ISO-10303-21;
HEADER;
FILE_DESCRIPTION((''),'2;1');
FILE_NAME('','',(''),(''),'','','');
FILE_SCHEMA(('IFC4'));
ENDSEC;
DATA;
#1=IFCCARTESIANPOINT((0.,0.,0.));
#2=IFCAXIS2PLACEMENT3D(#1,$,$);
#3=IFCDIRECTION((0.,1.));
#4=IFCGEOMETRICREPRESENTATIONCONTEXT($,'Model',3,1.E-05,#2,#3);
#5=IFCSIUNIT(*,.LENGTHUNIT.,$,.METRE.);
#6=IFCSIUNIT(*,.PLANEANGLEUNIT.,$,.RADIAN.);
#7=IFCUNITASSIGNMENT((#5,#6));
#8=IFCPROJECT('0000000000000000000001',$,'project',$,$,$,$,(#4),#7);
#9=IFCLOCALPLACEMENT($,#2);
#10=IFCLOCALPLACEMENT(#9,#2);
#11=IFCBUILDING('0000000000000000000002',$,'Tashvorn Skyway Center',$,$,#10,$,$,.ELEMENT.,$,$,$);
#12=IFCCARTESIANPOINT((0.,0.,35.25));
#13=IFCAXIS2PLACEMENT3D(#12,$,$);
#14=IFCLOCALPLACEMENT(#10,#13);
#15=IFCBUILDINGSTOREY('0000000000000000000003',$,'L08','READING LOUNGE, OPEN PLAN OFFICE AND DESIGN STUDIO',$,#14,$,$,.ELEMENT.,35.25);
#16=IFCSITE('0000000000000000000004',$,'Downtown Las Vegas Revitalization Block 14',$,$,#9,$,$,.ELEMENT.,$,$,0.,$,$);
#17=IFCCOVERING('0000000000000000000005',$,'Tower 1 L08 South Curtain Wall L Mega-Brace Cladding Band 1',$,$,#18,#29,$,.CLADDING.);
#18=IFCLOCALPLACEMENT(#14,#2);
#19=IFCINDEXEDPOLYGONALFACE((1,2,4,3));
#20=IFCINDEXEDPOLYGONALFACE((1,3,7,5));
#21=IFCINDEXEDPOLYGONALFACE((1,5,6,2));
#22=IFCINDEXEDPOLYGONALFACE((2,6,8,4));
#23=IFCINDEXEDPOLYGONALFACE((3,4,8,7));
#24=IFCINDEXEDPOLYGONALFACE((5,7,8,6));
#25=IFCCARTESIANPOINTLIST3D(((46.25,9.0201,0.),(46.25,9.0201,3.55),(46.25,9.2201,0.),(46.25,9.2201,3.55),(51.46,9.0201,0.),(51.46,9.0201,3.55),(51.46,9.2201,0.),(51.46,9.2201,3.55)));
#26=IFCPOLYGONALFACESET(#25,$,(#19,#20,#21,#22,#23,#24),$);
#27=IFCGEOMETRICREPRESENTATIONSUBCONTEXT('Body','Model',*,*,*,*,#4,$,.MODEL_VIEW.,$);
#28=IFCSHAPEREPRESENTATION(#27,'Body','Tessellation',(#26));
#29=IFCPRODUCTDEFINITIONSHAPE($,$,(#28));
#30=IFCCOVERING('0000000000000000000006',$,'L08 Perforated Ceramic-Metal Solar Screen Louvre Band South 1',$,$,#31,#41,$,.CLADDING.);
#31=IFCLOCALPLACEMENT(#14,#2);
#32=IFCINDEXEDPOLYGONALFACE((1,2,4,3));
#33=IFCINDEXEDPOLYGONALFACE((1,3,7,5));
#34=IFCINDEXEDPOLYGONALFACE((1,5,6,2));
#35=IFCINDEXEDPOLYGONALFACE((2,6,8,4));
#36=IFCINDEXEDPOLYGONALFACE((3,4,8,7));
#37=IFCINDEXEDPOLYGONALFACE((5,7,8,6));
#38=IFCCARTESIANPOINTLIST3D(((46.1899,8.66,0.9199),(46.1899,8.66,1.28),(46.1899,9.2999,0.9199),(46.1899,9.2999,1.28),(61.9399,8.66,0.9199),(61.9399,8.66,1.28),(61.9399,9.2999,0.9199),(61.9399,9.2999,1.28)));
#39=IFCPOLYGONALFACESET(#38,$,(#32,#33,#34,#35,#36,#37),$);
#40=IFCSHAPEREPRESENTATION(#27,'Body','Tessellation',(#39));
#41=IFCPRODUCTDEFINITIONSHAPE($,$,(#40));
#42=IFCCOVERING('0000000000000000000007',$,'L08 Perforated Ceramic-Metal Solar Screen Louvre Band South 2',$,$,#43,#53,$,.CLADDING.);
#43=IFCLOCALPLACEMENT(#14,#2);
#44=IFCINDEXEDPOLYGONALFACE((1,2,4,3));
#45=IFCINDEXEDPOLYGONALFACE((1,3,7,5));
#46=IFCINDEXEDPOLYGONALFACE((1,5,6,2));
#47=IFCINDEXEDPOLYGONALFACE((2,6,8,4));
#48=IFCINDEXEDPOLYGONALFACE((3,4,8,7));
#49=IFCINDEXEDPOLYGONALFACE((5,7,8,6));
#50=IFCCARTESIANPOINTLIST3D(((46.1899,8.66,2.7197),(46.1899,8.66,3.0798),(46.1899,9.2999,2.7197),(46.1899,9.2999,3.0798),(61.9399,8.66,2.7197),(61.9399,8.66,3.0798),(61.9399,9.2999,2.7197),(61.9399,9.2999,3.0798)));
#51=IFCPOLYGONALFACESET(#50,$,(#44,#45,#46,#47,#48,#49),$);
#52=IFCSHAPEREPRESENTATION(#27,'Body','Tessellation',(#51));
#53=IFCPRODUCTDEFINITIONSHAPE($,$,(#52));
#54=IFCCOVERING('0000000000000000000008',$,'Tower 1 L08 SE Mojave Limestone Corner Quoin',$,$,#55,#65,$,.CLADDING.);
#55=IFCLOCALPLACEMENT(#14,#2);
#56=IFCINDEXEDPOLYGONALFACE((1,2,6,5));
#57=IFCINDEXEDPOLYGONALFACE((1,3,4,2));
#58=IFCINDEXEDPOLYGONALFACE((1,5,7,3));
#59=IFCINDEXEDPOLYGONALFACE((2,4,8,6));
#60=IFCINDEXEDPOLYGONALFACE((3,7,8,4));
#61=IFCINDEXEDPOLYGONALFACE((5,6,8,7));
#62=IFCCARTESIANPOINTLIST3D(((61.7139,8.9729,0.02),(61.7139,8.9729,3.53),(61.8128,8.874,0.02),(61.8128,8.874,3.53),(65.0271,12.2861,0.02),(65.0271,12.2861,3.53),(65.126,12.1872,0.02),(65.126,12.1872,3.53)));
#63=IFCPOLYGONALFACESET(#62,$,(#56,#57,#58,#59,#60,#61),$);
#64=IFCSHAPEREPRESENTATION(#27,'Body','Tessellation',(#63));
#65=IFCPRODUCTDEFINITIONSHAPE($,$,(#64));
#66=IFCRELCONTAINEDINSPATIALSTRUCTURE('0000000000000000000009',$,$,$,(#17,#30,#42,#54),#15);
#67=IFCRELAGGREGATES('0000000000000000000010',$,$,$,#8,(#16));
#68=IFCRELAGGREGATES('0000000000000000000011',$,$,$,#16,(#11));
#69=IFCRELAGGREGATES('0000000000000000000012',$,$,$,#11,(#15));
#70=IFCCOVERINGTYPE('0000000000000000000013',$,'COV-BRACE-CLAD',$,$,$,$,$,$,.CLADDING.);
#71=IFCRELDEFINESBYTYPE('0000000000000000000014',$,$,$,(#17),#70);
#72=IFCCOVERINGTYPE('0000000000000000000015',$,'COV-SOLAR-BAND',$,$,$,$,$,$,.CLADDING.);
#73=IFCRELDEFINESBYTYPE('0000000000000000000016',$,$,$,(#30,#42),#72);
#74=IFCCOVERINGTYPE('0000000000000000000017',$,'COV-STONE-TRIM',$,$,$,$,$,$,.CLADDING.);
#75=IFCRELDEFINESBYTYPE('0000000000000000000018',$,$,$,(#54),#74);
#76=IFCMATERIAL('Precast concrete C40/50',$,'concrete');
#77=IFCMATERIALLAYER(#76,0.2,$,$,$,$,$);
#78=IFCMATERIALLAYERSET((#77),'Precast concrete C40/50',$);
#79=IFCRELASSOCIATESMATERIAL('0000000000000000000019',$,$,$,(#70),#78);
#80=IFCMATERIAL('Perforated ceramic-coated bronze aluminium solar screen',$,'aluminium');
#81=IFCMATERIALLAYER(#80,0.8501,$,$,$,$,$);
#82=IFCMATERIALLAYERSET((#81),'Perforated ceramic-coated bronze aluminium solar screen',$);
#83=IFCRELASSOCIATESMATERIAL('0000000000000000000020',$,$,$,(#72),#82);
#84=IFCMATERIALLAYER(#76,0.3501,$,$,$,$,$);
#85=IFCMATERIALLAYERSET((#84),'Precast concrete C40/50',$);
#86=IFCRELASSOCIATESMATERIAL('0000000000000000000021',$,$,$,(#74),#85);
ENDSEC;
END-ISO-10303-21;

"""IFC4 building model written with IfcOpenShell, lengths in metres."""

from ifc_helpers import new_model, si_unit, direction, frame, origin, origin_2d, place, context, subcontext, project, spatial, rectangle, extrude, material, layer, layer_set, type_object, element, save


model = new_model("IFC4")

# Units and contexts
model_context = context("Model", 3, precision=1e-05, world=origin(), true_north=direction((0.0, 1.0)))
body_context = subcontext(model_context, "Body", "Model", "MODEL_VIEW")
ifc_project = project(units=[si_unit("LENGTHUNIT", "METRE"), si_unit("PLANEANGLEUNIT", "RADIAN")], contexts=[model_context])

# Site, building, storey
site_placement = place(None, origin())
site = spatial("IfcSite", under=ifc_project, at=site_placement, Name="Downtown Las Vegas Revitalization Block 14", CompositionType="ELEMENT", RefElevation=0.0)
building_placement = place(site_placement, origin())
building = spatial("IfcBuilding", under=site, at=building_placement, Name="Tashvorn Skyway Center", CompositionType="ELEMENT")
storey_placement = place(building_placement, frame((0.0, 0.0, 35.25)))
storey = spatial("IfcBuildingStorey", under=building, at=storey_placement, Name="L08", Description="READING LOUNGE, OPEN PLAN OFFICE AND DESIGN STUDIO", CompositionType="ELEMENT", Elevation=35.25)

# Coverings
ifc_material_1 = material(Name="Precast concrete C40/50", Category="concrete")
ifc_layer_1 = layer(ifc_material_1, 0.2)
ifc_layer_set_1 = layer_set([ifc_layer_1], Name="Precast concrete C40/50")
covering_type_1 = type_object("IfcCoveringType", Name="COV-BRACE-CLAD", PredefinedType="CLADDING", material=ifc_layer_set_1)
covering_1_placement = place(storey_placement, frame((48.855, 9.1201, 0.0), z_axis=(0.0, 0.0, 1.0), x_axis=(-1.0, 0.0, 0.0)))
element("IfcCovering", 1, at=covering_1_placement, inside=storey, type_object=covering_type_1, Name="Tower 1 L08 South Curtain Wall L Mega-Brace Cladding Band 1", PredefinedType="CLADDING", context=body_context, shape_type="SweptSolid", body=[
    extrude(rectangle(XDim=5.21, YDim=0.2, at=origin_2d()), origin(), (0.0, 0.0, 1.0), 3.55),
])
ifc_material_2 = material(Name="Perforated ceramic-coated bronze aluminium solar screen", Category="aluminium")
ifc_layer_2 = layer(ifc_material_2, 0.8501)
ifc_layer_set_2 = layer_set([ifc_layer_2], Name="Perforated ceramic-coated bronze aluminium solar screen")
covering_type_2 = type_object("IfcCoveringType", Name="COV-SOLAR-BAND", PredefinedType="CLADDING", material=ifc_layer_set_2)
for number, where, z_axis, x_axis, name in (
    (2, (54.0649, 8.98, 0.9199), (0.0, 0.0, 1.0), (-1.0, 0.0, 0.0), "L08 Perforated Ceramic-Metal Solar Screen Louvre Band South 1"),
    (3, (54.0649, 8.98, 2.7197), (0.0, 0.0, 1.0), (-1.0, 0.0, 0.0), "L08 Perforated Ceramic-Metal Solar Screen Louvre Band South 2"),
):
    element("IfcCovering", number, at=place(storey_placement, frame(where, z_axis=z_axis, x_axis=x_axis)), inside=storey, type_object=covering_type_2, Name=name, PredefinedType="CLADDING", context=body_context, shape_type="SweptSolid", body=[
        extrude(rectangle(XDim=15.75, YDim=0.6399, at=origin_2d()), origin(), (0.0, 0.0, 1.0), 0.3601),
    ])
ifc_layer_3 = layer(ifc_material_1, 0.3501)
ifc_layer_set_3 = layer_set([ifc_layer_3], Name="Precast concrete C40/50")
covering_type_3 = type_object("IfcCoveringType", Name="COV-STONE-TRIM", PredefinedType="CLADDING", material=ifc_layer_set_3)
covering_2_placement = place(storey_placement, frame((63.4199, 10.5801, 0.02), z_axis=(0.0, 0.0, 1.0), x_axis=(0.707107, 0.707107, 0.0)))
element("IfcCovering", 4, at=covering_2_placement, inside=storey, type_object=covering_type_3, Name="Tower 1 L08 SE Mojave Limestone Corner Quoin", PredefinedType="CLADDING", context=body_context, shape_type="SweptSolid", body=[
    extrude(rectangle(XDim=4.6855, YDim=0.1399, at=origin_2d()), origin(), (0.0, 0.0, 1.0), 3.51),
])

save(model, "model.ifc")
